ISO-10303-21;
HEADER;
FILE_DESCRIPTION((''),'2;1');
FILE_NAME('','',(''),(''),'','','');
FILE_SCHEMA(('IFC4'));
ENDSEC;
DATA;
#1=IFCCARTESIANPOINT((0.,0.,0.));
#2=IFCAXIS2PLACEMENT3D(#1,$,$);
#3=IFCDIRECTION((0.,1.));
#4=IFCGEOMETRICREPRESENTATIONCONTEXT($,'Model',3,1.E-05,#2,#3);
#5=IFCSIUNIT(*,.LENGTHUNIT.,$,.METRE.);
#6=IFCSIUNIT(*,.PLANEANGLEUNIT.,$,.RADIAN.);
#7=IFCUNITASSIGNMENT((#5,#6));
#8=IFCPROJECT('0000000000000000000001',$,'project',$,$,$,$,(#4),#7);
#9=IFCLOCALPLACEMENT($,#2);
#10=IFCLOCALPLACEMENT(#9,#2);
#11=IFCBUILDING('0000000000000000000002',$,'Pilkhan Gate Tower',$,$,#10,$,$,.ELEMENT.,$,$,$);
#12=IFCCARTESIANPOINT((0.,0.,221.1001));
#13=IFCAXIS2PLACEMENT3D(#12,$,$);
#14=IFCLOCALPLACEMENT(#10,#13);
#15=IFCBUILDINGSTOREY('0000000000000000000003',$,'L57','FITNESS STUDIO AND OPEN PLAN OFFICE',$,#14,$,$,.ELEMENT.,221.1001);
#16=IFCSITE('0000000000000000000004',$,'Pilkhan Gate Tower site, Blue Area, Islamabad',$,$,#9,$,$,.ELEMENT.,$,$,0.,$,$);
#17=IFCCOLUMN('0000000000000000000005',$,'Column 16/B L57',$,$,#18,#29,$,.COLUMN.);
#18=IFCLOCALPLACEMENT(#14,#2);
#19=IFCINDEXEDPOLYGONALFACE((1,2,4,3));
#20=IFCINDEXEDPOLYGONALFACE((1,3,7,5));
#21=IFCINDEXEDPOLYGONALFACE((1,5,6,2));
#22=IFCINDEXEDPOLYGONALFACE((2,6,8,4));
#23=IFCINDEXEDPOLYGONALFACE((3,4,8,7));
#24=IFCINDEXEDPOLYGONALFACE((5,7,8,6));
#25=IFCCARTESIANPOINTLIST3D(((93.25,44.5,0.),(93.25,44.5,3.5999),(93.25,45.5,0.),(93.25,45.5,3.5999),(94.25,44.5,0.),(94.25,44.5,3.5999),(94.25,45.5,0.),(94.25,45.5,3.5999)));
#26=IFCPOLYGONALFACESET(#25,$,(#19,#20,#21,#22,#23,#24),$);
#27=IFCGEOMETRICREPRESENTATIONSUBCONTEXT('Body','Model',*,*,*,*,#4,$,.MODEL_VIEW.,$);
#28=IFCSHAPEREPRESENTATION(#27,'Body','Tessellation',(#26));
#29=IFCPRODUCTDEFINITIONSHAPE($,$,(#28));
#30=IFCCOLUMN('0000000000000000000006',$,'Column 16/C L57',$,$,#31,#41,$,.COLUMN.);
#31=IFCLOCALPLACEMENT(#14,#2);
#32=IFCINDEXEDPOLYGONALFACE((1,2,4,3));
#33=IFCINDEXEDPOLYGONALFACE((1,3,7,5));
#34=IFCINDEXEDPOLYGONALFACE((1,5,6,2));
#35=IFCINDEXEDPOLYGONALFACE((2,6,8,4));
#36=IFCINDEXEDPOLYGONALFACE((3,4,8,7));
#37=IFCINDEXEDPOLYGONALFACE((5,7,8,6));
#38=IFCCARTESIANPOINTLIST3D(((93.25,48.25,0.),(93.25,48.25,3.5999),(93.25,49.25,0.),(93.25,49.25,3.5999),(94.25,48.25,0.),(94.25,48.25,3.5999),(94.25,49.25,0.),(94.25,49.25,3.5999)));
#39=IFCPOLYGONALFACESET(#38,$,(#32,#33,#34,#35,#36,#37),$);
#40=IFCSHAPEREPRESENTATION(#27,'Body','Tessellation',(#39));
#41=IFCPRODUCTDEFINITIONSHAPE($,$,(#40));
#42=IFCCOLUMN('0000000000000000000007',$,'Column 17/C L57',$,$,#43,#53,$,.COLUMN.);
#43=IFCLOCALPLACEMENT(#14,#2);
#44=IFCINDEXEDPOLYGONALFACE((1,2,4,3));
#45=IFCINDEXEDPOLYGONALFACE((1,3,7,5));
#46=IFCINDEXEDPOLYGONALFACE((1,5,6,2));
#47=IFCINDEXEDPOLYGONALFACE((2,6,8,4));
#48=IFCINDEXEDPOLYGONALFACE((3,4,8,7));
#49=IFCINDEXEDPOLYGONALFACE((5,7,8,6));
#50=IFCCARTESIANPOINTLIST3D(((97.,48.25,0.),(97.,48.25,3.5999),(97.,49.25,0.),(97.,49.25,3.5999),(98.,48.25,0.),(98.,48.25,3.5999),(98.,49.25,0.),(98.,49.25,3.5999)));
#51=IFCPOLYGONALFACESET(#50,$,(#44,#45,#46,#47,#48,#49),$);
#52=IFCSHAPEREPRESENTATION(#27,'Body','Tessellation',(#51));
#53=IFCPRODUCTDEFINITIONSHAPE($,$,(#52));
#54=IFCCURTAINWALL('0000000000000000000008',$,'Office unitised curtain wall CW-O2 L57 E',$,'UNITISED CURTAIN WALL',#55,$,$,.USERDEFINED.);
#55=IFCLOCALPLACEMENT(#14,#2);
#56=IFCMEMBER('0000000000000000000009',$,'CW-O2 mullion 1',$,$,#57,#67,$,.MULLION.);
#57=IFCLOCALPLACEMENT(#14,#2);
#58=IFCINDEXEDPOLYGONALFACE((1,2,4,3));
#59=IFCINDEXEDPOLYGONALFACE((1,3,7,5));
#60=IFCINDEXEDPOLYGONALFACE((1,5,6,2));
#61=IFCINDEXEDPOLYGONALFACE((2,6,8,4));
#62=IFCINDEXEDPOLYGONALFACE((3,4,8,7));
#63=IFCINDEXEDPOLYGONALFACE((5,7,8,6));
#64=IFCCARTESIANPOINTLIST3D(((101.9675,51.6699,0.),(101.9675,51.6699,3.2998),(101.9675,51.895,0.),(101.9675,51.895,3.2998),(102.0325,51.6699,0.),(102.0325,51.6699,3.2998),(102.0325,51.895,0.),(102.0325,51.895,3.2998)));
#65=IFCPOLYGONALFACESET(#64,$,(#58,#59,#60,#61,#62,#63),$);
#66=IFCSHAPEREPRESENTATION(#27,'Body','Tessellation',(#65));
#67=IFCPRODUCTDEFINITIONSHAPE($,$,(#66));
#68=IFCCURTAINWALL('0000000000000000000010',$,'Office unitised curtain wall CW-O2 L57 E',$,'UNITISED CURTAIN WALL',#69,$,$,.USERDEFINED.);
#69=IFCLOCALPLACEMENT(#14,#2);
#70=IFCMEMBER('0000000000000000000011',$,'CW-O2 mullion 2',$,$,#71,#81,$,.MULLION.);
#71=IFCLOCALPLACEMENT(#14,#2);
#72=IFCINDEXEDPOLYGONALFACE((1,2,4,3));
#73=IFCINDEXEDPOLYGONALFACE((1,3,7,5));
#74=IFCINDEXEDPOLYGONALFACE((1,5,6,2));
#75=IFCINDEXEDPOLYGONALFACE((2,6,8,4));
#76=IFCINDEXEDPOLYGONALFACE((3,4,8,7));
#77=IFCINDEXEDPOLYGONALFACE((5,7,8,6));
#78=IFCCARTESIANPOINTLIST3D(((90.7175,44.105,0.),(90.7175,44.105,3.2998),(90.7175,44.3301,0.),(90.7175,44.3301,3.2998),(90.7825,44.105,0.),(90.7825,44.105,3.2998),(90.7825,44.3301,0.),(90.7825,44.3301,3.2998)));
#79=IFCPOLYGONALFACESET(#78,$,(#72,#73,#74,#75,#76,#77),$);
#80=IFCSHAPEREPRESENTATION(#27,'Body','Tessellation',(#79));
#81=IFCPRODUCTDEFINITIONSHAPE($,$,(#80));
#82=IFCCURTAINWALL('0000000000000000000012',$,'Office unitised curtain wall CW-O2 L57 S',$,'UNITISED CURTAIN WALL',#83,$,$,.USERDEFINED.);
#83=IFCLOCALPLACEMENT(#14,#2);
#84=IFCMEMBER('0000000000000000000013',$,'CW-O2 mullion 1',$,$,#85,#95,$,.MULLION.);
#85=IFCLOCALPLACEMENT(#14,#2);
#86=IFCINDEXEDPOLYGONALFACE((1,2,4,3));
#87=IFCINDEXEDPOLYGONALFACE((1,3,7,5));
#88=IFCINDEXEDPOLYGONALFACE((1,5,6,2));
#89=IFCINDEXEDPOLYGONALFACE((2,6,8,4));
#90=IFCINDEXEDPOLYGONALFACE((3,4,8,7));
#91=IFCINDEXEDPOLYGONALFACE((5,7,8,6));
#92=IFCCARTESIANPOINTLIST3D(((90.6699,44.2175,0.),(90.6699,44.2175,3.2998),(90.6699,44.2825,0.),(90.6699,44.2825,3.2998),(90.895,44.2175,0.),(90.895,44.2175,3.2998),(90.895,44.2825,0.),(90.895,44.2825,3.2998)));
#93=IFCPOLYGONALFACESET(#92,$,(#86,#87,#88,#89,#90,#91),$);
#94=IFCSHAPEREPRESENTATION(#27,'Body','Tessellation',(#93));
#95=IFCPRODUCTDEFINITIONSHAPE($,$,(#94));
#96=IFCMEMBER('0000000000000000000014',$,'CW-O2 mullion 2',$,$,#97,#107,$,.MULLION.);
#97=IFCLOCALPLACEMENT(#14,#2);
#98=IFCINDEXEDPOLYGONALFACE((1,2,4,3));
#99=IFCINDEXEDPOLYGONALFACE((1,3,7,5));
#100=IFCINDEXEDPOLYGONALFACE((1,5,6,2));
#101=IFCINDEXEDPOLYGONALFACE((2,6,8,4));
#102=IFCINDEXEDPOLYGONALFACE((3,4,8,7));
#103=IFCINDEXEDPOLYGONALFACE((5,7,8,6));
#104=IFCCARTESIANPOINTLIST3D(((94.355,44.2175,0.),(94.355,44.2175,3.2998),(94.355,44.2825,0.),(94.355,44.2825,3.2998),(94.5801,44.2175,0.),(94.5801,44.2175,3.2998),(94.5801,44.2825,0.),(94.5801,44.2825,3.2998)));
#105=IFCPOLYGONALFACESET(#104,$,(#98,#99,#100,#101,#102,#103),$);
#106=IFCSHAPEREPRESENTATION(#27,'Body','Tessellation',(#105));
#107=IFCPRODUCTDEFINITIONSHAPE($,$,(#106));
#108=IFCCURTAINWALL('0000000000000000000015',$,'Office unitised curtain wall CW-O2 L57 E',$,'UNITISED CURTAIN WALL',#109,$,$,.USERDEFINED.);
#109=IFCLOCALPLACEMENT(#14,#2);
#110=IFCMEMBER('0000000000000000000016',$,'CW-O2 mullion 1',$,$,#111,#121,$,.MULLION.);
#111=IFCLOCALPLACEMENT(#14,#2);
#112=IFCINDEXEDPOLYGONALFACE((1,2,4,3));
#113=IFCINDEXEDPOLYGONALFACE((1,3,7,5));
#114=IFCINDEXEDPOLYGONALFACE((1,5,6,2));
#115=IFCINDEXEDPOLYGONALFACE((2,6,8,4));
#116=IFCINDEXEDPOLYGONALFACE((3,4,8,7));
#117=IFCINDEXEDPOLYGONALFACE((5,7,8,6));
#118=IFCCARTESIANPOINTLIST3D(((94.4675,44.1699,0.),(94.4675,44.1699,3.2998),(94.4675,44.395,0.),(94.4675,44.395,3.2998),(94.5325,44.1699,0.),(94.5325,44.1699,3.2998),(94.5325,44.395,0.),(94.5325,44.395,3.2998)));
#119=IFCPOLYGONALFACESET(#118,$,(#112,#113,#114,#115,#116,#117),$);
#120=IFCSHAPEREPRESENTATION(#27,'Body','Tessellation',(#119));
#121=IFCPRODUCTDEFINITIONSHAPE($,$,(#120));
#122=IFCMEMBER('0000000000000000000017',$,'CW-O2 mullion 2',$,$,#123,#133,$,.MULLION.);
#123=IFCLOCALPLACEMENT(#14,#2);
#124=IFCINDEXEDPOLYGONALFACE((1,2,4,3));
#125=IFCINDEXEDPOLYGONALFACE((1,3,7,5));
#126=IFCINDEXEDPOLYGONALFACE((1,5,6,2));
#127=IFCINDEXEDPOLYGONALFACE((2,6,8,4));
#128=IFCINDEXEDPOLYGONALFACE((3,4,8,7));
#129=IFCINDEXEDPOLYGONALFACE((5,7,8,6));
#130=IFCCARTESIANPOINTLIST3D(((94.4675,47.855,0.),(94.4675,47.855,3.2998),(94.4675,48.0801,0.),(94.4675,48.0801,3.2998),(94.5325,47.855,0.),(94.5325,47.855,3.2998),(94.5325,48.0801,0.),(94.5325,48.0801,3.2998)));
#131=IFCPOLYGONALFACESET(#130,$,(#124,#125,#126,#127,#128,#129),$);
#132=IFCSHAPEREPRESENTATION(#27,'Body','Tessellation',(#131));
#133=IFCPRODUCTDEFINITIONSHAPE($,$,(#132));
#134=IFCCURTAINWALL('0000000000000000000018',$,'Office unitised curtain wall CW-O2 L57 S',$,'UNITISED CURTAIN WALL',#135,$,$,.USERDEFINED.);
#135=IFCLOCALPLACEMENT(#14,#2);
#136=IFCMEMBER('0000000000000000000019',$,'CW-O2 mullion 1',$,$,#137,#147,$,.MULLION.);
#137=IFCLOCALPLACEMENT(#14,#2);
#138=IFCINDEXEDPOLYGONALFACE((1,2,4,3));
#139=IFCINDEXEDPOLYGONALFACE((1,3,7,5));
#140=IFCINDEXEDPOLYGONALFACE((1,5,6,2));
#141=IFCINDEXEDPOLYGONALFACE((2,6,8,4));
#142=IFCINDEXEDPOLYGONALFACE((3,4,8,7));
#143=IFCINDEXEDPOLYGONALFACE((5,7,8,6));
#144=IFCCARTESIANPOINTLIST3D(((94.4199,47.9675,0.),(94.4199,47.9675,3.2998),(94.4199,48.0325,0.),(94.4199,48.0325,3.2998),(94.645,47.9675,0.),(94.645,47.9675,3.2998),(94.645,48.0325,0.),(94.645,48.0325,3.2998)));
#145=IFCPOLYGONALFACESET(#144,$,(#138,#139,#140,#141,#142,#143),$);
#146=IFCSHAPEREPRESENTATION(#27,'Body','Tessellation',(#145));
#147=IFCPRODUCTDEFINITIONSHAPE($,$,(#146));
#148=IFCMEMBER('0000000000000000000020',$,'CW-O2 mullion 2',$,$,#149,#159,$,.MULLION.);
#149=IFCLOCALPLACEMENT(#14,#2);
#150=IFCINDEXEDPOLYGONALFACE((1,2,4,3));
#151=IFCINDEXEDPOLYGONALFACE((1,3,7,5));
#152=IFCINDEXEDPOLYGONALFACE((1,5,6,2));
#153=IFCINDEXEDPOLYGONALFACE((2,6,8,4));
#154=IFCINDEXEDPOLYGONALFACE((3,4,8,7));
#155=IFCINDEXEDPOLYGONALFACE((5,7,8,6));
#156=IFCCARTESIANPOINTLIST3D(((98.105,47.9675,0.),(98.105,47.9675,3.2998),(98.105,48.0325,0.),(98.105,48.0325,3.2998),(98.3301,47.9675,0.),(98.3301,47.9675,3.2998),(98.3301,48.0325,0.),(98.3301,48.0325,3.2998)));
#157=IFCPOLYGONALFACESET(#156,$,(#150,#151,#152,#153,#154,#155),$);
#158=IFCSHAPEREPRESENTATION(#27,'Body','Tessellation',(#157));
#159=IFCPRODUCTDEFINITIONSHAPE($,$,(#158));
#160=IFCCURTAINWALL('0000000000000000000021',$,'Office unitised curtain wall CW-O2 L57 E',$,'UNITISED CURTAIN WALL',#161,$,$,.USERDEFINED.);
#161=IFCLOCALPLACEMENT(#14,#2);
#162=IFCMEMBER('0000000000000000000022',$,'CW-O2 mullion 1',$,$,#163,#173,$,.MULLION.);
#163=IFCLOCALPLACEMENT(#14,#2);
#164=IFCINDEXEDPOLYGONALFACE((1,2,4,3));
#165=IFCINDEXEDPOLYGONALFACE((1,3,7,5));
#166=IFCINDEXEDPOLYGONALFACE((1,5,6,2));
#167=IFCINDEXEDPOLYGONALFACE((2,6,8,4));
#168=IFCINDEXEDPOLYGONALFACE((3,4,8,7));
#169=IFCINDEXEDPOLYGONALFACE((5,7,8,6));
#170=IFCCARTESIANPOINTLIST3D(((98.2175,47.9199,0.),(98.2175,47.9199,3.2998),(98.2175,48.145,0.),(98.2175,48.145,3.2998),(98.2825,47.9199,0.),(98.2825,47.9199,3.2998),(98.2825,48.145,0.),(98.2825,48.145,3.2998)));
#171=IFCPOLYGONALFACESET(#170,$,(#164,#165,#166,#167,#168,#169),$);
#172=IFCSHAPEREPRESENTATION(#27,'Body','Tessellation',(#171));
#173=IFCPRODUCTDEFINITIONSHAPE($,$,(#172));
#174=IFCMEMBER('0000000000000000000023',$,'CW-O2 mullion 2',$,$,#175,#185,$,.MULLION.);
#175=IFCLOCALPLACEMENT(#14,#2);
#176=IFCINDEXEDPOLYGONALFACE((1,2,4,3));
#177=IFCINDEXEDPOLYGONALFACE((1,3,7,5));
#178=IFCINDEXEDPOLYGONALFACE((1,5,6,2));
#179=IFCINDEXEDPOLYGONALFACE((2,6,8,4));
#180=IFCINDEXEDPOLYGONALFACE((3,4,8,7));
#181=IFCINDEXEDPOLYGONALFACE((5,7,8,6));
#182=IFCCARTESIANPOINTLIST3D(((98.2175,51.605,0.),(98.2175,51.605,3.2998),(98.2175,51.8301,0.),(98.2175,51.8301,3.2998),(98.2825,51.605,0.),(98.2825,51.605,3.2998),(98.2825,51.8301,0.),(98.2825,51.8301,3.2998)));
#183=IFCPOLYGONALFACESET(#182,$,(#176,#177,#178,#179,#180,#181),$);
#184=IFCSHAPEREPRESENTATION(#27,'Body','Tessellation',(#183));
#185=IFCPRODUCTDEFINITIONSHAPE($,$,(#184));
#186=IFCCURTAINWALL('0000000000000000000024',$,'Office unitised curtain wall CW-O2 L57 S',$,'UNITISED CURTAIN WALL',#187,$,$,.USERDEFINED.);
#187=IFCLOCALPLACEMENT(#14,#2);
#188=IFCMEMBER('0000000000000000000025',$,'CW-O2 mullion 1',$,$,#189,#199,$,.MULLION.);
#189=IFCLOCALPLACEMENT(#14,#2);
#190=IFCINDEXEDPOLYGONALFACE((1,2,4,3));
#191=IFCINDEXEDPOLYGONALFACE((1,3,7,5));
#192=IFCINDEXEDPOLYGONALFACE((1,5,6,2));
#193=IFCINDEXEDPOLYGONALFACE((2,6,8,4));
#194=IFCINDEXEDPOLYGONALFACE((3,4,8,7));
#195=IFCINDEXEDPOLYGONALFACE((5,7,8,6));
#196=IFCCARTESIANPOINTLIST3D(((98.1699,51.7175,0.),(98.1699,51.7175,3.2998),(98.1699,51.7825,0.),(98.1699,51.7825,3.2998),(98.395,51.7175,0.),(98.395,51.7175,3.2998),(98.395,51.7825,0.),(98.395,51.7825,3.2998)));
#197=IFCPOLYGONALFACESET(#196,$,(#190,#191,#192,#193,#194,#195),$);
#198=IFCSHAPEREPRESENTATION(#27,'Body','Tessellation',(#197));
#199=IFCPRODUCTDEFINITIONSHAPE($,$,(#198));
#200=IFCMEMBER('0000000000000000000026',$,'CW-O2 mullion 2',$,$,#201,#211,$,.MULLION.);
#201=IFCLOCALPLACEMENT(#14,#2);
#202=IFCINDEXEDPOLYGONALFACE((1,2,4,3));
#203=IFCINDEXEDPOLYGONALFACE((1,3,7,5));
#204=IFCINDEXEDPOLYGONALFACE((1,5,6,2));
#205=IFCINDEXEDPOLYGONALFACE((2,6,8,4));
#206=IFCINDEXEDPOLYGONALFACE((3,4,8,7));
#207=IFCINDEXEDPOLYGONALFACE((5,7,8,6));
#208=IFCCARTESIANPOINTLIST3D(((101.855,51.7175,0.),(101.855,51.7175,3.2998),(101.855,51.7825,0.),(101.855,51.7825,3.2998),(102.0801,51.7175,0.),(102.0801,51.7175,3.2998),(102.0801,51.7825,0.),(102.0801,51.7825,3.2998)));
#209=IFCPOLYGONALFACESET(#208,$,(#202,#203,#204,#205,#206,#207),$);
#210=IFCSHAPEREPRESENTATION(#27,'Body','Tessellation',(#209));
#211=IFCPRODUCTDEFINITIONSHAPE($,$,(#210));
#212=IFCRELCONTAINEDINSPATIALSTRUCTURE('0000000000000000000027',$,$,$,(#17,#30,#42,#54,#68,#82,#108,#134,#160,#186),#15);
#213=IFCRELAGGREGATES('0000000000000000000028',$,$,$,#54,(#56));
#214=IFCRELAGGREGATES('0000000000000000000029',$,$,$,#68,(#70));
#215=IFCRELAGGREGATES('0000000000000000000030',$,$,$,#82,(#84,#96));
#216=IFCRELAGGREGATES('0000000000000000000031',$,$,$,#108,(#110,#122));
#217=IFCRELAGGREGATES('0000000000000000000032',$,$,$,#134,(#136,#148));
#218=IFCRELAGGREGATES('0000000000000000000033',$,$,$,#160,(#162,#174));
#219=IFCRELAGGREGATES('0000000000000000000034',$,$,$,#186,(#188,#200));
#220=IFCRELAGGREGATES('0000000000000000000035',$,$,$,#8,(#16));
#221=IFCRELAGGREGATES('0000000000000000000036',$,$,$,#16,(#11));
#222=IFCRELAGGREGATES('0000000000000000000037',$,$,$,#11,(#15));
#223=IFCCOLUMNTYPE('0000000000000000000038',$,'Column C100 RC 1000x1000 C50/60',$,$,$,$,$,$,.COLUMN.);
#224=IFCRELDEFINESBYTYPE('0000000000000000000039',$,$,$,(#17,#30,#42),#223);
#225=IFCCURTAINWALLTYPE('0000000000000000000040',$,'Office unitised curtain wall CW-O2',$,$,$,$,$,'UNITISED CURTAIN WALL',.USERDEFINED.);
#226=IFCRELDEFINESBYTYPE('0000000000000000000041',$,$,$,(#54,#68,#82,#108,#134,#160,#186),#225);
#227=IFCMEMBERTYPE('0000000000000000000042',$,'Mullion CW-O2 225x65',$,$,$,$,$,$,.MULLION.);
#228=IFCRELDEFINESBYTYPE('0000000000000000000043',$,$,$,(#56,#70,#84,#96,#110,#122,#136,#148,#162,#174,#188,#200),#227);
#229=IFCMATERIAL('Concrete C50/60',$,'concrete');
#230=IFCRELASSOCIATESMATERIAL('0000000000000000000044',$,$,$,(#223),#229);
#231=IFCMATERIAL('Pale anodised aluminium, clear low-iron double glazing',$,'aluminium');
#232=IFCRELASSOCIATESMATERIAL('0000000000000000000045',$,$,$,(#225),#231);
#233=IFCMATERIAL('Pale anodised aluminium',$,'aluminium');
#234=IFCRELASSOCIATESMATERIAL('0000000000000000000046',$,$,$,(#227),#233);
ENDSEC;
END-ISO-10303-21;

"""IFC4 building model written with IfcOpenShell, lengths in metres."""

from ifc_helpers import new_model, si_unit, direction, frame, origin, origin_2d, place, context, subcontext, project, spatial, rectangle, extrude, material, material_profile, profile_set, type_object, element, aggregate, save


model = new_model("IFC4")

# Units and contexts
model_context = context("Model", 3, precision=1e-05, world=origin(), true_north=direction((0.0, 1.0)))
body_context = subcontext(model_context, "Body", "Model", "MODEL_VIEW")
ifc_project = project(units=[si_unit("LENGTHUNIT", "METRE"), si_unit("PLANEANGLEUNIT", "RADIAN")], contexts=[model_context])

# Site, building, storey
site_placement = place(None, origin())
site = spatial("IfcSite", under=ifc_project, at=site_placement, Name="Pilkhan Gate Tower site, Blue Area, Islamabad", CompositionType="ELEMENT", RefElevation=0.0)
building_placement = place(site_placement, origin())
building = spatial("IfcBuilding", under=site, at=building_placement, Name="Pilkhan Gate Tower", CompositionType="ELEMENT")
storey_placement = place(building_placement, frame((0.0, 0.0, 221.1001)))
storey = spatial("IfcBuildingStorey", under=building, at=storey_placement, Name="L57", Description="FITNESS STUDIO AND OPEN PLAN OFFICE", CompositionType="ELEMENT", Elevation=221.1001)

# Columns
ifc_material_1 = material(Name="Concrete C50/60", Category="concrete")
ifc_material_profile_1 = material_profile(ifc_material_1, rectangle(XDim=1.0, YDim=1.0, at=origin_2d()), Name="RC 1000x1000")
ifc_profile_set_1 = profile_set([ifc_material_profile_1], Name="Concrete C50/60")
column_type = type_object("IfcColumnType", Name="Column C100 RC 1000x1000 C50/60", PredefinedType="COLUMN", material=ifc_profile_set_1)
for number, where, z_axis, x_axis, name in (
    (1, (93.75, 45.0, 0.0), (0.0, 0.0, 1.0), (1.0, 0.0, 0.0), "Column 16/B L57"),
    (2, (93.75, 48.75, 0.0), (0.0, 0.0, 1.0), (1.0, 0.0, 0.0), "Column 16/C L57"),
    (3, (97.5, 48.75, 0.0), (0.0, 0.0, 1.0), (1.0, 0.0, 0.0), "Column 17/C L57"),
):
    element("IfcColumn", number, at=place(storey_placement, frame(where, z_axis=z_axis, x_axis=x_axis)), inside=storey, type_object=column_type, Name=name, PredefinedType="COLUMN", context=body_context, shape_type="SweptSolid", body=[
        extrude(rectangle(XDim=1.0, YDim=1.0, at=origin_2d()), origin(), (0.0, 0.0, 1.0), 3.5999),
    ])

# Curtain walls, members
ifc_material_2 = material(Name="Pale anodised aluminium, clear low-iron double glazing", Category="aluminium")
curtain_wall_type = type_object("IfcCurtainWallType", Name="Office unitised curtain wall CW-O2", ElementType="UNITISED CURTAIN WALL", PredefinedType="USERDEFINED", material=ifc_material_2)
curtain_wall_1_placement = place(storey_placement, origin())
curtain_wall_1 = element("IfcCurtainWall", 4, at=curtain_wall_1_placement, inside=storey, type_object=curtain_wall_type, Name="Office unitised curtain wall CW-O2 L57 E", ObjectType="UNITISED CURTAIN WALL", PredefinedType="USERDEFINED")
ifc_material_3 = material(Name="Pale anodised aluminium", Category="aluminium")
ifc_material_profile_2 = material_profile(ifc_material_3, rectangle(XDim=0.0649, YDim=0.2251, at=origin_2d()), Name="Mullion 225x65")
ifc_profile_set_2 = profile_set([ifc_material_profile_2], Name="Pale anodised aluminium")
member_type_1 = type_object("IfcMemberType", Name="Mullion CW-O2 225x65", PredefinedType="MULLION", material=ifc_profile_set_2)
member_1_placement = place(storey_placement, frame((102.0, 51.7825, 0.0), z_axis=(0.0, 0.0, 1.0), x_axis=(-1.0, 0.0, 0.0)))
member_1 = element("IfcMember", 5, at=member_1_placement, type_object=member_type_1, Name="CW-O2 mullion 1", PredefinedType="MULLION", context=body_context, shape_type="SweptSolid", body=[
    extrude(rectangle(XDim=0.0649, YDim=0.2251, at=origin_2d()), origin(), (0.0, 0.0, 1.0), 3.2998),
])
curtain_wall_2_placement = place(storey_placement, origin())
curtain_wall_2 = element("IfcCurtainWall", 6, at=curtain_wall_2_placement, inside=storey, type_object=curtain_wall_type, Name="Office unitised curtain wall CW-O2 L57 E", ObjectType="UNITISED CURTAIN WALL", PredefinedType="USERDEFINED")
member_2_placement = place(storey_placement, frame((90.75, 44.2175, 0.0), z_axis=(0.0, 0.0, 1.0), x_axis=(-1.0, 0.0, 0.0)))
member_2 = element("IfcMember", 7, at=member_2_placement, type_object=member_type_1, Name="CW-O2 mullion 2", PredefinedType="MULLION", context=body_context, shape_type="SweptSolid", body=[
    extrude(rectangle(XDim=0.0649, YDim=0.2251, at=origin_2d()), origin(), (0.0, 0.0, 1.0), 3.2998),
])

# Curtain walls, members
curtain_wall_3_placement = place(storey_placement, origin())
curtain_wall_3 = element("IfcCurtainWall", 8, at=curtain_wall_3_placement, inside=storey, type_object=curtain_wall_type, Name="Office unitised curtain wall CW-O2 L57 S", ObjectType="UNITISED CURTAIN WALL", PredefinedType="USERDEFINED")
member_3_placement = place(storey_placement, frame((90.7825, 44.25, 0.0), z_axis=(0.0, 0.0, 1.0), x_axis=(0.0, 1.0, 0.0)))
member_3 = element("IfcMember", 9, at=member_3_placement, type_object=member_type_1, Name="CW-O2 mullion 1", PredefinedType="MULLION", context=body_context, shape_type="SweptSolid", body=[
    extrude(rectangle(XDim=0.0649, YDim=0.2251, at=origin_2d()), origin(), (0.0, 0.0, 1.0), 3.2998),
])
member_4_placement = place(storey_placement, frame((94.4675, 44.25, 0.0), z_axis=(0.0, 0.0, 1.0), x_axis=(0.0, 1.0, 0.0)))
member_4 = element("IfcMember", 10, at=member_4_placement, type_object=member_type_1, Name="CW-O2 mullion 2", PredefinedType="MULLION", context=body_context, shape_type="SweptSolid", body=[
    extrude(rectangle(XDim=0.0649, YDim=0.2251, at=origin_2d()), origin(), (0.0, 0.0, 1.0), 3.2998),
])
curtain_wall_4_placement = place(storey_placement, origin())
curtain_wall_4 = element("IfcCurtainWall", 11, at=curtain_wall_4_placement, inside=storey, type_object=curtain_wall_type, Name="Office unitised curtain wall CW-O2 L57 E", ObjectType="UNITISED CURTAIN WALL", PredefinedType="USERDEFINED")
member_5_placement = place(storey_placement, frame((94.5, 44.2825, 0.0), z_axis=(0.0, 0.0, 1.0), x_axis=(-1.0, 0.0, 0.0)))
member_5 = element("IfcMember", 12, at=member_5_placement, type_object=member_type_1, Name="CW-O2 mullion 1", PredefinedType="MULLION", context=body_context, shape_type="SweptSolid", body=[
    extrude(rectangle(XDim=0.0649, YDim=0.2251, at=origin_2d()), origin(), (0.0, 0.0, 1.0), 3.2998),
])
member_6_placement = place(storey_placement, frame((94.5, 47.9675, 0.0), z_axis=(0.0, 0.0, 1.0), x_axis=(-1.0, 0.0, 0.0)))
member_6 = element("IfcMember", 13, at=member_6_placement, type_object=member_type_1, Name="CW-O2 mullion 2", PredefinedType="MULLION", context=body_context, shape_type="SweptSolid", body=[
    extrude(rectangle(XDim=0.0649, YDim=0.2251, at=origin_2d()), origin(), (0.0, 0.0, 1.0), 3.2998),
])
curtain_wall_5_placement = place(storey_placement, origin())
curtain_wall_5 = element("IfcCurtainWall", 14, at=curtain_wall_5_placement, inside=storey, type_object=curtain_wall_type, Name="Office unitised curtain wall CW-O2 L57 S", ObjectType="UNITISED CURTAIN WALL", PredefinedType="USERDEFINED")
member_7_placement = place(storey_placement, frame((94.5325, 48.0, 0.0), z_axis=(0.0, 0.0, 1.0), x_axis=(0.0, 1.0, 0.0)))
member_7 = element("IfcMember", 15, at=member_7_placement, type_object=member_type_1, Name="CW-O2 mullion 1", PredefinedType="MULLION", context=body_context, shape_type="SweptSolid", body=[
    extrude(rectangle(XDim=0.0649, YDim=0.2251, at=origin_2d()), origin(), (0.0, 0.0, 1.0), 3.2998),
])
member_8_placement = place(storey_placement, frame((98.2175, 48.0, 0.0), z_axis=(0.0, 0.0, 1.0), x_axis=(0.0, 1.0, 0.0)))
member_8 = element("IfcMember", 16, at=member_8_placement, type_object=member_type_1, Name="CW-O2 mullion 2", PredefinedType="MULLION", context=body_context, shape_type="SweptSolid", body=[
    extrude(rectangle(XDim=0.0649, YDim=0.2251, at=origin_2d()), origin(), (0.0, 0.0, 1.0), 3.2998),
])
curtain_wall_6_placement = place(storey_placement, origin())
curtain_wall_6 = element("IfcCurtainWall", 17, at=curtain_wall_6_placement, inside=storey, type_object=curtain_wall_type, Name="Office unitised curtain wall CW-O2 L57 E", ObjectType="UNITISED CURTAIN WALL", PredefinedType="USERDEFINED")
member_9_placement = place(storey_placement, frame((98.25, 48.0325, 0.0), z_axis=(0.0, 0.0, 1.0), x_axis=(-1.0, 0.0, 0.0)))
member_9 = element("IfcMember", 18, at=member_9_placement, type_object=member_type_1, Name="CW-O2 mullion 1", PredefinedType="MULLION", context=body_context, shape_type="SweptSolid", body=[
    extrude(rectangle(XDim=0.0649, YDim=0.2251, at=origin_2d()), origin(), (0.0, 0.0, 1.0), 3.2998),
])
member_10_placement = place(storey_placement, frame((98.25, 51.7175, 0.0), z_axis=(0.0, 0.0, 1.0), x_axis=(-1.0, 0.0, 0.0)))
member_10 = element("IfcMember", 19, at=member_10_placement, type_object=member_type_1, Name="CW-O2 mullion 2", PredefinedType="MULLION", context=body_context, shape_type="SweptSolid", body=[
    extrude(rectangle(XDim=0.0649, YDim=0.2251, at=origin_2d()), origin(), (0.0, 0.0, 1.0), 3.2998),
])
curtain_wall_7_placement = place(storey_placement, origin())
curtain_wall_7 = element("IfcCurtainWall", 20, at=curtain_wall_7_placement, inside=storey, type_object=curtain_wall_type, Name="Office unitised curtain wall CW-O2 L57 S", ObjectType="UNITISED CURTAIN WALL", PredefinedType="USERDEFINED")
member_11_placement = place(storey_placement, frame((98.2825, 51.75, 0.0), z_axis=(0.0, 0.0, 1.0), x_axis=(0.0, 1.0, 0.0)))
member_11 = element("IfcMember", 21, at=member_11_placement, type_object=member_type_1, Name="CW-O2 mullion 1", PredefinedType="MULLION", context=body_context, shape_type="SweptSolid", body=[
    extrude(rectangle(XDim=0.0649, YDim=0.2251, at=origin_2d()), origin(), (0.0, 0.0, 1.0), 3.2998),
])
member_12_placement = place(storey_placement, frame((101.9675, 51.75, 0.0), z_axis=(0.0, 0.0, 1.0), x_axis=(0.0, 1.0, 0.0)))
member_12 = element("IfcMember", 22, at=member_12_placement, type_object=member_type_1, Name="CW-O2 mullion 2", PredefinedType="MULLION", context=body_context, shape_type="SweptSolid", body=[
    extrude(rectangle(XDim=0.0649, YDim=0.2251, at=origin_2d()), origin(), (0.0, 0.0, 1.0), 3.2998),
])

aggregate(curtain_wall_1, [member_1])

aggregate(curtain_wall_2, [member_2])
aggregate(curtain_wall_3, [member_3, member_4])
aggregate(curtain_wall_4, [member_5, member_6])
aggregate(curtain_wall_5, [member_7, member_8])
aggregate(curtain_wall_6, [member_9, member_10])
aggregate(curtain_wall_7, [member_11, member_12])

save(model, "model.ifc")
